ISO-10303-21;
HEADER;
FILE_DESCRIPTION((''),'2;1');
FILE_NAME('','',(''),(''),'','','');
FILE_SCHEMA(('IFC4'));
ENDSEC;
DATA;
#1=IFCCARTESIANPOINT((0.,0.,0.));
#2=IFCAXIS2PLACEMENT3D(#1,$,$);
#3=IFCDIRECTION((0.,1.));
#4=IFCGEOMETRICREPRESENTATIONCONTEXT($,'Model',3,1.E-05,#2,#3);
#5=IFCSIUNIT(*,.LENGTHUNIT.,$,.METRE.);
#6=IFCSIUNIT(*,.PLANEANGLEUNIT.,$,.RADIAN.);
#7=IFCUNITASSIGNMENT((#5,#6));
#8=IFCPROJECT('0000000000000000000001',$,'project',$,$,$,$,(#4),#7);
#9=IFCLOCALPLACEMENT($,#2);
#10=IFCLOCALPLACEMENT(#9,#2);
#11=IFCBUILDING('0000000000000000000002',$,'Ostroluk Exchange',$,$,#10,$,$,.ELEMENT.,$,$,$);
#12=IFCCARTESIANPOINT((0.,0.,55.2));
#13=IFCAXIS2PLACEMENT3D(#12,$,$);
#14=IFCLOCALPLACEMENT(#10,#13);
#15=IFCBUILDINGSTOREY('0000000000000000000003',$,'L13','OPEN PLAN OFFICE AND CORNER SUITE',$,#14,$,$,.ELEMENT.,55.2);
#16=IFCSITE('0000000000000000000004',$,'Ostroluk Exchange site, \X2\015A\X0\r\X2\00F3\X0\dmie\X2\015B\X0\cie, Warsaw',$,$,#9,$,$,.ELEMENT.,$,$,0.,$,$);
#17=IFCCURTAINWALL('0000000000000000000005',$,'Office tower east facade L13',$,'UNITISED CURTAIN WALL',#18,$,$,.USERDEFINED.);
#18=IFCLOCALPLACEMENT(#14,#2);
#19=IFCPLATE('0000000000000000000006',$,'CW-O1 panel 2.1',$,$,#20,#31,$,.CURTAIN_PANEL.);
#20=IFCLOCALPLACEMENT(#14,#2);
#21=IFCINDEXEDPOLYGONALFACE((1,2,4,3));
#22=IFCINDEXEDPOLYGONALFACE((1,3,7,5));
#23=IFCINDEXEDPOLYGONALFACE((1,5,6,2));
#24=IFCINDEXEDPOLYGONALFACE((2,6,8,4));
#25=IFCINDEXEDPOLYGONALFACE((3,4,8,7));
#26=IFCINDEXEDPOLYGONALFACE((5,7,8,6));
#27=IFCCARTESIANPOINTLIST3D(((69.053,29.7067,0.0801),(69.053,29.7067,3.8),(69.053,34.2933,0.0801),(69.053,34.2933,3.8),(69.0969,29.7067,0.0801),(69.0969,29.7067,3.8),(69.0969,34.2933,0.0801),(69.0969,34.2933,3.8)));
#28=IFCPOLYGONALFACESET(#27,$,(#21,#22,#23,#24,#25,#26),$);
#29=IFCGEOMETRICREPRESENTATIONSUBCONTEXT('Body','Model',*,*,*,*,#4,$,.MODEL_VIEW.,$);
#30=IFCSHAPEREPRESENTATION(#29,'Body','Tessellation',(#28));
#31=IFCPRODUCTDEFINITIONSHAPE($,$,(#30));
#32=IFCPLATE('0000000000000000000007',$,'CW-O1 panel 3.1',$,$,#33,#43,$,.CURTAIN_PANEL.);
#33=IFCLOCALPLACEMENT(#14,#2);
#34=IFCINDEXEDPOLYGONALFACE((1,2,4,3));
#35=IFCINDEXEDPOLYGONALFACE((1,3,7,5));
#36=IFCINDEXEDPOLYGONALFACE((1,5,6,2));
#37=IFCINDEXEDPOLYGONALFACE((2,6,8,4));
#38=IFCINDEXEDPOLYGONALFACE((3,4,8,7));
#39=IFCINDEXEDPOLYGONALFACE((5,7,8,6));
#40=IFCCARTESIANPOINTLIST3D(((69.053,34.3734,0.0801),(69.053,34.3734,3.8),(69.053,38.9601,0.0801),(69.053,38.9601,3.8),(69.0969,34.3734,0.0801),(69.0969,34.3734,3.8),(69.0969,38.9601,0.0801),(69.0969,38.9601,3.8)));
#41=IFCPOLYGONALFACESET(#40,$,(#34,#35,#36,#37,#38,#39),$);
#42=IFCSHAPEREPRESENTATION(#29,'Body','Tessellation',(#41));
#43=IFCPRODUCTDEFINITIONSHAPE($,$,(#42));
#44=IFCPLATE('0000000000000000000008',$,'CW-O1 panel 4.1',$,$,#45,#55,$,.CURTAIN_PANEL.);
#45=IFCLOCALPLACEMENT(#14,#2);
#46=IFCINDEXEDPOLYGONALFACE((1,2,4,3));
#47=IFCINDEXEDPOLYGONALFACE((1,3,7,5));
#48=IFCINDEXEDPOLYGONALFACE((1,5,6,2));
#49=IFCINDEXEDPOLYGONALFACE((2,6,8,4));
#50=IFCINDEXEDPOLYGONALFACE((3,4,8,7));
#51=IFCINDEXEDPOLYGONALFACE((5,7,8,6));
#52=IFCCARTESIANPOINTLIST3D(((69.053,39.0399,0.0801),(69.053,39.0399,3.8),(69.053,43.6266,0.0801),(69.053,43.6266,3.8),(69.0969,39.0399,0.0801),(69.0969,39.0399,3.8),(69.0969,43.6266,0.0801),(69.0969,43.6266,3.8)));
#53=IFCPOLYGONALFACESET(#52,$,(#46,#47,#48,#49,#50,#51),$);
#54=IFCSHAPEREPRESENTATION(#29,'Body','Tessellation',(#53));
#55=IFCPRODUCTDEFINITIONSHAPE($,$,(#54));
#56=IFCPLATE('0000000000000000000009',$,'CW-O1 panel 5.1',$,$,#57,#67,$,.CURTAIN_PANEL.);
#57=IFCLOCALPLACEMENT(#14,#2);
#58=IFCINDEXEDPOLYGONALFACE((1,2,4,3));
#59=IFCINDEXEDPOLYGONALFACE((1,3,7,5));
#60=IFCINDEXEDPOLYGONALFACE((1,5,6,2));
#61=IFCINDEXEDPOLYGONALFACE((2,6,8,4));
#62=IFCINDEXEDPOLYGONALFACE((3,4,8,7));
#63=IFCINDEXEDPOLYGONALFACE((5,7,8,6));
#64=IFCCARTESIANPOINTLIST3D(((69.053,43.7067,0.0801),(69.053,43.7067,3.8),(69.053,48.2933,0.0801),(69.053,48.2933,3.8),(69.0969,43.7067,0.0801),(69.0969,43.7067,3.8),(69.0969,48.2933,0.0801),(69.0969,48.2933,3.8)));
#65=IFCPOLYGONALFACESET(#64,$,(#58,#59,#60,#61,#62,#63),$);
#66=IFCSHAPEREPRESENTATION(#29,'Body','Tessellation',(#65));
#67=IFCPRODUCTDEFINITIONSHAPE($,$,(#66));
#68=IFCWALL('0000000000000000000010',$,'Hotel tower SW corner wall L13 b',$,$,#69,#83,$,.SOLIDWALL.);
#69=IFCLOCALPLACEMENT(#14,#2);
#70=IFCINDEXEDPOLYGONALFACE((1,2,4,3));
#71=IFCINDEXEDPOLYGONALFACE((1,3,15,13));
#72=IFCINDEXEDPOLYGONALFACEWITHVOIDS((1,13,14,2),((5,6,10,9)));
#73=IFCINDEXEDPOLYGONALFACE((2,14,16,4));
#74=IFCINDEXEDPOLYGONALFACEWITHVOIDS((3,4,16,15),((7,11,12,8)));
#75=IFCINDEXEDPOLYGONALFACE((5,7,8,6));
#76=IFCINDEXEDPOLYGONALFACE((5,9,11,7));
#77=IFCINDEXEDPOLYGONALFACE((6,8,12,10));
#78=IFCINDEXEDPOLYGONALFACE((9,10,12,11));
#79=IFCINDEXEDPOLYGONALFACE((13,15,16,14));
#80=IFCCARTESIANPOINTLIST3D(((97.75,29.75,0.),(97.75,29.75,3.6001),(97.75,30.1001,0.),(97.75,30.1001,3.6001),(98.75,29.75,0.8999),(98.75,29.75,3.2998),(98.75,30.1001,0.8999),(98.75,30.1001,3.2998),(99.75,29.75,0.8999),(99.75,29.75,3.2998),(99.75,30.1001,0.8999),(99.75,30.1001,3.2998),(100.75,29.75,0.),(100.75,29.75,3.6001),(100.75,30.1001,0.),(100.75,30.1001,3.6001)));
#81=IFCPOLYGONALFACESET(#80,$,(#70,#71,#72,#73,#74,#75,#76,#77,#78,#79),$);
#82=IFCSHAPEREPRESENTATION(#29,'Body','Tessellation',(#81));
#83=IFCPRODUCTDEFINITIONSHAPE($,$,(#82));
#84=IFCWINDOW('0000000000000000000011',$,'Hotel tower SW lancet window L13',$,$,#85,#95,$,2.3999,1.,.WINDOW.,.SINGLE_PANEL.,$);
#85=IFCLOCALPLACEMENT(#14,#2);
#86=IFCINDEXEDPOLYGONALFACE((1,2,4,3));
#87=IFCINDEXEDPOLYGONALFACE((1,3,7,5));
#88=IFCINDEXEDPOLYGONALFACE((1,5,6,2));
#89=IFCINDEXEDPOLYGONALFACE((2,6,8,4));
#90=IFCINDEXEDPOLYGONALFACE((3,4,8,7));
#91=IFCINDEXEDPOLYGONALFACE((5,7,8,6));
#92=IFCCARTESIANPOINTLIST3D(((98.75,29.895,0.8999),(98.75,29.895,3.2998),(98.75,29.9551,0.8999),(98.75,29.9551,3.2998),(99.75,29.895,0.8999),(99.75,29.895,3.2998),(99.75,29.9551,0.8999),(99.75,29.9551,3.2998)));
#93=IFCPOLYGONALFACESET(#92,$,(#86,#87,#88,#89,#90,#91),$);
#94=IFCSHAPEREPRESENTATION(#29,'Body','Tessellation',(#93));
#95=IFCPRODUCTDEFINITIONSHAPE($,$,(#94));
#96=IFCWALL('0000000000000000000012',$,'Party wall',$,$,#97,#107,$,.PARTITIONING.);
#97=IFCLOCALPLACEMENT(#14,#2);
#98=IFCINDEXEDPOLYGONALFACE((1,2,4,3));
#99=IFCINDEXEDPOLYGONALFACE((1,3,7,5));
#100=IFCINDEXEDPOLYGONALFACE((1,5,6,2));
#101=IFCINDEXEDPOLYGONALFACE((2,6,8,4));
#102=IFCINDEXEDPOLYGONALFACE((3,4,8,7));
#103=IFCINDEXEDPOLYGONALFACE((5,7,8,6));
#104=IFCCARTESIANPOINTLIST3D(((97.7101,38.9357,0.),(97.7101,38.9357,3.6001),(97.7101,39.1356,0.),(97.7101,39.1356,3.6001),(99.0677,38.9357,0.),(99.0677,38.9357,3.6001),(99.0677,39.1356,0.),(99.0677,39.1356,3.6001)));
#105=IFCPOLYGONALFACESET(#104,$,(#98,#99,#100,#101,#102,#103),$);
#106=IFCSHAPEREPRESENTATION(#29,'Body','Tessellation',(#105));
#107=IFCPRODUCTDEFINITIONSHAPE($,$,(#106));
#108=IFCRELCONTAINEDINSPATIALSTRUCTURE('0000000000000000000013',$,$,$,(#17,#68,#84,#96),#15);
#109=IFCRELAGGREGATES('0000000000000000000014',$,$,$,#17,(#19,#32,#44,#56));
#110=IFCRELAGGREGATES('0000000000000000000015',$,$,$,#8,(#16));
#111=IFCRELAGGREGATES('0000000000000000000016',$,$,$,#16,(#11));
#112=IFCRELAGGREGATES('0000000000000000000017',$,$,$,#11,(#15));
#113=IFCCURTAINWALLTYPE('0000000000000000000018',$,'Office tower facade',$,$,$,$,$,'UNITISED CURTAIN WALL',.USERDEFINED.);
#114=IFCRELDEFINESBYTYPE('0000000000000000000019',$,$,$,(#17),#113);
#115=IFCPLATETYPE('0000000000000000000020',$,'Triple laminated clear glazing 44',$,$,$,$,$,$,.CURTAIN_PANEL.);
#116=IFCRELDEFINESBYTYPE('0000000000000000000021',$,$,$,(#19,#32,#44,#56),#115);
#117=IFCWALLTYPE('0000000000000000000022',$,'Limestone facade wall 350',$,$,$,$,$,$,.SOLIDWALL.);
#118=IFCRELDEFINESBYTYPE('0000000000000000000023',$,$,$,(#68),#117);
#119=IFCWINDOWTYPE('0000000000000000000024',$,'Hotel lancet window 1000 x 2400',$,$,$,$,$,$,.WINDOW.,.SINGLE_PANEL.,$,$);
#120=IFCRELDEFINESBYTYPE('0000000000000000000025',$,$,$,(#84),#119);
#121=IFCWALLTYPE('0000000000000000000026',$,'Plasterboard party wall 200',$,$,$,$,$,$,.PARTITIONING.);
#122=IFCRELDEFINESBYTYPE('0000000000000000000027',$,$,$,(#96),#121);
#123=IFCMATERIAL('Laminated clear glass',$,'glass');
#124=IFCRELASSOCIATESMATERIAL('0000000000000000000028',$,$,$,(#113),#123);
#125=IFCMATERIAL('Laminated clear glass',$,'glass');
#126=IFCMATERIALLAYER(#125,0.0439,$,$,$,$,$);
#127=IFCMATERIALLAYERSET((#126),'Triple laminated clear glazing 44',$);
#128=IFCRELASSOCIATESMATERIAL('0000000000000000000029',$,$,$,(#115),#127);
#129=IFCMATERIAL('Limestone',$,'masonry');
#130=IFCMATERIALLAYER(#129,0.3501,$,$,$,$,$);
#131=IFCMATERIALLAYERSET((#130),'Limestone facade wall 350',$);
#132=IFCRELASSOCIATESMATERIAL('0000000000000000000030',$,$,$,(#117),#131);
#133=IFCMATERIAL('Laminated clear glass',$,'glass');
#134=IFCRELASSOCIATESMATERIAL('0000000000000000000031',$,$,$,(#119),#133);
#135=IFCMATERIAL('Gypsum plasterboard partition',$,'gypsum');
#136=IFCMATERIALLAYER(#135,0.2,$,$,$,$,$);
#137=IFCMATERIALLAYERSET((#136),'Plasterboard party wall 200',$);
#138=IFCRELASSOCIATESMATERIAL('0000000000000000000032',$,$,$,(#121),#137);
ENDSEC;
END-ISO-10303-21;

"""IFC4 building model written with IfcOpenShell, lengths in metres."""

from ifc_helpers import new_model, si_unit, direction, frame, frame_2d, origin, origin_2d, place, context, subcontext, project, spatial, rectangle, extrude, material, layer, layer_set, type_object, element, fill, aggregate, save


model = new_model("IFC4")

# Units and contexts
model_context = context("Model", 3, precision=1e-05, world=origin(), true_north=direction((0.0, 1.0)))
body_context = subcontext(model_context, "Body", "Model", "MODEL_VIEW")
ifc_project = project(units=[si_unit("LENGTHUNIT", "METRE"), si_unit("PLANEANGLEUNIT", "RADIAN")], contexts=[model_context])

# Site, building, storey
site_placement = place(None, origin())
site = spatial("IfcSite", under=ifc_project, at=site_placement, Name="Ostroluk Exchange site, Śródmieście, Warsaw", CompositionType="ELEMENT", RefElevation=0.0)
building_placement = place(site_placement, origin())
building = spatial("IfcBuilding", under=site, at=building_placement, Name="Ostroluk Exchange", CompositionType="ELEMENT")
storey_placement = place(building_placement, frame((0.0, 0.0, 55.2)))
storey = spatial("IfcBuildingStorey", under=building, at=storey_placement, Name="L13", Description="OPEN PLAN OFFICE AND CORNER SUITE", CompositionType="ELEMENT", Elevation=55.2)

# Curtain wall
ifc_material_1 = material(Name="Laminated clear glass", Category="glass")
curtain_wall_type_1 = type_object("IfcCurtainWallType", Name="Office tower facade", ElementType="UNITISED CURTAIN WALL", PredefinedType="USERDEFINED", material=ifc_material_1)
curtain_wall_1_placement = place(storey_placement, origin())
curtain_wall_1 = element("IfcCurtainWall", 1, at=curtain_wall_1_placement, inside=storey, type_object=curtain_wall_type_1, Name="Office tower east facade L13", ObjectType="UNITISED CURTAIN WALL", PredefinedType="USERDEFINED")

# Plates
ifc_material_2 = material(Name="Laminated clear glass", Category="glass")
ifc_layer_1 = layer(ifc_material_2, 0.0439)
ifc_layer_set_1 = layer_set([ifc_layer_1], Name="Triple laminated clear glazing 44")
plate_type_1 = type_object("IfcPlateType", Name="Triple laminated clear glazing 44", PredefinedType="CURTAIN_PANEL", material=ifc_layer_set_1)
plate_1_placement = place(storey_placement, frame((69.075, 32.0, 0.0801), z_axis=(0.0, 0.0, 1.0), x_axis=(0.0, 1.0, 0.0)))
plate_1 = element("IfcPlate", 2, at=plate_1_placement, type_object=plate_type_1, Name="CW-O1 panel 2.1", PredefinedType="CURTAIN_PANEL", context=body_context, shape_type="SweptSolid", body=[
    extrude(rectangle(XDim=4.5867, YDim=0.0439, at=origin_2d()), origin(), (0.0, 0.0, 1.0), 3.72),
])
plate_2_placement = place(storey_placement, frame((69.075, 36.6667, 0.0801), z_axis=(0.0, 0.0, 1.0), x_axis=(0.0, 1.0, 0.0)))
plate_2 = element("IfcPlate", 3, at=plate_2_placement, type_object=plate_type_1, Name="CW-O1 panel 3.1", PredefinedType="CURTAIN_PANEL", context=body_context, shape_type="SweptSolid", body=[
    extrude(rectangle(XDim=4.5867, YDim=0.0439, at=origin_2d()), origin(), (0.0, 0.0, 1.0), 3.72),
])
plate_3_placement = place(storey_placement, frame((69.075, 41.3333, 0.0801), z_axis=(0.0, 0.0, 1.0), x_axis=(0.0, 1.0, 0.0)))
plate_3 = element("IfcPlate", 4, at=plate_3_placement, type_object=plate_type_1, Name="CW-O1 panel 4.1", PredefinedType="CURTAIN_PANEL", context=body_context, shape_type="SweptSolid", body=[
    extrude(rectangle(XDim=4.5867, YDim=0.0439, at=origin_2d()), origin(), (0.0, 0.0, 1.0), 3.72),
])
plate_4_placement = place(storey_placement, frame((69.075, 46.0, 0.0801), z_axis=(0.0, 0.0, 1.0), x_axis=(0.0, 1.0, 0.0)))
plate_4 = element("IfcPlate", 5, at=plate_4_placement, type_object=plate_type_1, Name="CW-O1 panel 5.1", PredefinedType="CURTAIN_PANEL", context=body_context, shape_type="SweptSolid", body=[
    extrude(rectangle(XDim=4.5867, YDim=0.0439, at=origin_2d()), origin(), (0.0, 0.0, 1.0), 3.72),
])
aggregate(curtain_wall_1, [plate_1, plate_2, plate_3, plate_4])

# Wall, opening, window
ifc_material_3 = material(Name="Limestone", Category="masonry")
ifc_layer_2 = layer(ifc_material_3, 0.3501)
ifc_layer_set_2 = layer_set([ifc_layer_2], Name="Limestone facade wall 350")
wall_type_1 = type_object("IfcWallType", Name="Limestone facade wall 350", PredefinedType="SOLIDWALL", material=ifc_layer_set_2)
wall_1_placement = place(storey_placement, frame((100.75, 29.925, 0.0), z_axis=(0.0, 0.0, 1.0), x_axis=(-1.0, 0.0, 0.0)))
wall_1 = element("IfcWall", 6, at=wall_1_placement, inside=storey, type_object=wall_type_1, Name="Hotel tower SW corner wall L13 b", PredefinedType="SOLIDWALL", context=body_context, shape_type="SweptSolid", body=[
    extrude(rectangle(XDim=3.0, YDim=0.3501, at=frame_2d((1.5, 0.0))), origin(), (0.0, 0.0, 1.0), 3.6001),
])
opening_placement = place(wall_1_placement, frame((1.0, 0.0, 0.8999)))
opening = element("IfcOpeningElement", 7, at=opening_placement, cuts=wall_1, PredefinedType="OPENING", context=body_context, shape_type="SweptSolid", body=[
    extrude(rectangle(XDim=1.0, YDim=2.3999, at=frame_2d((0.5, 1.2))), frame((0.0, 0.1851, 0.0), z_axis=(0.0, -1.0, 0.0), x_axis=(1.0, 0.0, 0.0)), (0.0, 0.0, 1.0), 0.3701),
])
ifc_material_4 = material(Name="Laminated clear glass", Category="glass")
window_type = type_object("IfcWindowType", Name="Hotel lancet window 1000 x 2400", PartitioningType="SINGLE_PANEL", PredefinedType="WINDOW", material=ifc_material_4)
window_placement = place(opening_placement, origin())
window = element("IfcWindow", 8, at=window_placement, inside=storey, type_object=window_type, Name="Hotel tower SW lancet window L13", OverallHeight=2.3999, OverallWidth=1.0, PartitioningType="SINGLE_PANEL", PredefinedType="WINDOW", context=body_context, shape_type="SweptSolid", body=[
    extrude(rectangle(XDim=1.0, YDim=2.3999, at=frame_2d((0.5, 1.2))), frame((0.0, 0.03, 0.0), z_axis=(0.0, -1.0, 0.0), x_axis=(1.0, 0.0, 0.0)), (0.0, 0.0, 1.0), 0.0601),
])
fill(opening, window)

# Wall
ifc_material_5 = material(Name="Gypsum plasterboard partition", Category="gypsum")
ifc_layer_3 = layer(ifc_material_5, 0.2)
ifc_layer_set_3 = layer_set([ifc_layer_3], Name="Plasterboard party wall 200")
wall_type_2 = type_object("IfcWallType", Name="Plasterboard party wall 200", PredefinedType="PARTITIONING", material=ifc_layer_set_3)
wall_2_placement = place(storey_placement, frame((99.0676, 39.0356, 0.0), z_axis=(0.0, 0.0, 1.0), x_axis=(-1.0, 0.0, 0.0)))
element("IfcWall", 9, at=wall_2_placement, inside=storey, type_object=wall_type_2, Name="Party wall", PredefinedType="PARTITIONING", context=body_context, shape_type="SweptSolid", body=[
    extrude(rectangle(XDim=1.3577, YDim=0.2, at=frame_2d((0.6787, 0.0))), origin(), (0.0, 0.0, 1.0), 3.6001),
])

save(model, "model.ifc")
